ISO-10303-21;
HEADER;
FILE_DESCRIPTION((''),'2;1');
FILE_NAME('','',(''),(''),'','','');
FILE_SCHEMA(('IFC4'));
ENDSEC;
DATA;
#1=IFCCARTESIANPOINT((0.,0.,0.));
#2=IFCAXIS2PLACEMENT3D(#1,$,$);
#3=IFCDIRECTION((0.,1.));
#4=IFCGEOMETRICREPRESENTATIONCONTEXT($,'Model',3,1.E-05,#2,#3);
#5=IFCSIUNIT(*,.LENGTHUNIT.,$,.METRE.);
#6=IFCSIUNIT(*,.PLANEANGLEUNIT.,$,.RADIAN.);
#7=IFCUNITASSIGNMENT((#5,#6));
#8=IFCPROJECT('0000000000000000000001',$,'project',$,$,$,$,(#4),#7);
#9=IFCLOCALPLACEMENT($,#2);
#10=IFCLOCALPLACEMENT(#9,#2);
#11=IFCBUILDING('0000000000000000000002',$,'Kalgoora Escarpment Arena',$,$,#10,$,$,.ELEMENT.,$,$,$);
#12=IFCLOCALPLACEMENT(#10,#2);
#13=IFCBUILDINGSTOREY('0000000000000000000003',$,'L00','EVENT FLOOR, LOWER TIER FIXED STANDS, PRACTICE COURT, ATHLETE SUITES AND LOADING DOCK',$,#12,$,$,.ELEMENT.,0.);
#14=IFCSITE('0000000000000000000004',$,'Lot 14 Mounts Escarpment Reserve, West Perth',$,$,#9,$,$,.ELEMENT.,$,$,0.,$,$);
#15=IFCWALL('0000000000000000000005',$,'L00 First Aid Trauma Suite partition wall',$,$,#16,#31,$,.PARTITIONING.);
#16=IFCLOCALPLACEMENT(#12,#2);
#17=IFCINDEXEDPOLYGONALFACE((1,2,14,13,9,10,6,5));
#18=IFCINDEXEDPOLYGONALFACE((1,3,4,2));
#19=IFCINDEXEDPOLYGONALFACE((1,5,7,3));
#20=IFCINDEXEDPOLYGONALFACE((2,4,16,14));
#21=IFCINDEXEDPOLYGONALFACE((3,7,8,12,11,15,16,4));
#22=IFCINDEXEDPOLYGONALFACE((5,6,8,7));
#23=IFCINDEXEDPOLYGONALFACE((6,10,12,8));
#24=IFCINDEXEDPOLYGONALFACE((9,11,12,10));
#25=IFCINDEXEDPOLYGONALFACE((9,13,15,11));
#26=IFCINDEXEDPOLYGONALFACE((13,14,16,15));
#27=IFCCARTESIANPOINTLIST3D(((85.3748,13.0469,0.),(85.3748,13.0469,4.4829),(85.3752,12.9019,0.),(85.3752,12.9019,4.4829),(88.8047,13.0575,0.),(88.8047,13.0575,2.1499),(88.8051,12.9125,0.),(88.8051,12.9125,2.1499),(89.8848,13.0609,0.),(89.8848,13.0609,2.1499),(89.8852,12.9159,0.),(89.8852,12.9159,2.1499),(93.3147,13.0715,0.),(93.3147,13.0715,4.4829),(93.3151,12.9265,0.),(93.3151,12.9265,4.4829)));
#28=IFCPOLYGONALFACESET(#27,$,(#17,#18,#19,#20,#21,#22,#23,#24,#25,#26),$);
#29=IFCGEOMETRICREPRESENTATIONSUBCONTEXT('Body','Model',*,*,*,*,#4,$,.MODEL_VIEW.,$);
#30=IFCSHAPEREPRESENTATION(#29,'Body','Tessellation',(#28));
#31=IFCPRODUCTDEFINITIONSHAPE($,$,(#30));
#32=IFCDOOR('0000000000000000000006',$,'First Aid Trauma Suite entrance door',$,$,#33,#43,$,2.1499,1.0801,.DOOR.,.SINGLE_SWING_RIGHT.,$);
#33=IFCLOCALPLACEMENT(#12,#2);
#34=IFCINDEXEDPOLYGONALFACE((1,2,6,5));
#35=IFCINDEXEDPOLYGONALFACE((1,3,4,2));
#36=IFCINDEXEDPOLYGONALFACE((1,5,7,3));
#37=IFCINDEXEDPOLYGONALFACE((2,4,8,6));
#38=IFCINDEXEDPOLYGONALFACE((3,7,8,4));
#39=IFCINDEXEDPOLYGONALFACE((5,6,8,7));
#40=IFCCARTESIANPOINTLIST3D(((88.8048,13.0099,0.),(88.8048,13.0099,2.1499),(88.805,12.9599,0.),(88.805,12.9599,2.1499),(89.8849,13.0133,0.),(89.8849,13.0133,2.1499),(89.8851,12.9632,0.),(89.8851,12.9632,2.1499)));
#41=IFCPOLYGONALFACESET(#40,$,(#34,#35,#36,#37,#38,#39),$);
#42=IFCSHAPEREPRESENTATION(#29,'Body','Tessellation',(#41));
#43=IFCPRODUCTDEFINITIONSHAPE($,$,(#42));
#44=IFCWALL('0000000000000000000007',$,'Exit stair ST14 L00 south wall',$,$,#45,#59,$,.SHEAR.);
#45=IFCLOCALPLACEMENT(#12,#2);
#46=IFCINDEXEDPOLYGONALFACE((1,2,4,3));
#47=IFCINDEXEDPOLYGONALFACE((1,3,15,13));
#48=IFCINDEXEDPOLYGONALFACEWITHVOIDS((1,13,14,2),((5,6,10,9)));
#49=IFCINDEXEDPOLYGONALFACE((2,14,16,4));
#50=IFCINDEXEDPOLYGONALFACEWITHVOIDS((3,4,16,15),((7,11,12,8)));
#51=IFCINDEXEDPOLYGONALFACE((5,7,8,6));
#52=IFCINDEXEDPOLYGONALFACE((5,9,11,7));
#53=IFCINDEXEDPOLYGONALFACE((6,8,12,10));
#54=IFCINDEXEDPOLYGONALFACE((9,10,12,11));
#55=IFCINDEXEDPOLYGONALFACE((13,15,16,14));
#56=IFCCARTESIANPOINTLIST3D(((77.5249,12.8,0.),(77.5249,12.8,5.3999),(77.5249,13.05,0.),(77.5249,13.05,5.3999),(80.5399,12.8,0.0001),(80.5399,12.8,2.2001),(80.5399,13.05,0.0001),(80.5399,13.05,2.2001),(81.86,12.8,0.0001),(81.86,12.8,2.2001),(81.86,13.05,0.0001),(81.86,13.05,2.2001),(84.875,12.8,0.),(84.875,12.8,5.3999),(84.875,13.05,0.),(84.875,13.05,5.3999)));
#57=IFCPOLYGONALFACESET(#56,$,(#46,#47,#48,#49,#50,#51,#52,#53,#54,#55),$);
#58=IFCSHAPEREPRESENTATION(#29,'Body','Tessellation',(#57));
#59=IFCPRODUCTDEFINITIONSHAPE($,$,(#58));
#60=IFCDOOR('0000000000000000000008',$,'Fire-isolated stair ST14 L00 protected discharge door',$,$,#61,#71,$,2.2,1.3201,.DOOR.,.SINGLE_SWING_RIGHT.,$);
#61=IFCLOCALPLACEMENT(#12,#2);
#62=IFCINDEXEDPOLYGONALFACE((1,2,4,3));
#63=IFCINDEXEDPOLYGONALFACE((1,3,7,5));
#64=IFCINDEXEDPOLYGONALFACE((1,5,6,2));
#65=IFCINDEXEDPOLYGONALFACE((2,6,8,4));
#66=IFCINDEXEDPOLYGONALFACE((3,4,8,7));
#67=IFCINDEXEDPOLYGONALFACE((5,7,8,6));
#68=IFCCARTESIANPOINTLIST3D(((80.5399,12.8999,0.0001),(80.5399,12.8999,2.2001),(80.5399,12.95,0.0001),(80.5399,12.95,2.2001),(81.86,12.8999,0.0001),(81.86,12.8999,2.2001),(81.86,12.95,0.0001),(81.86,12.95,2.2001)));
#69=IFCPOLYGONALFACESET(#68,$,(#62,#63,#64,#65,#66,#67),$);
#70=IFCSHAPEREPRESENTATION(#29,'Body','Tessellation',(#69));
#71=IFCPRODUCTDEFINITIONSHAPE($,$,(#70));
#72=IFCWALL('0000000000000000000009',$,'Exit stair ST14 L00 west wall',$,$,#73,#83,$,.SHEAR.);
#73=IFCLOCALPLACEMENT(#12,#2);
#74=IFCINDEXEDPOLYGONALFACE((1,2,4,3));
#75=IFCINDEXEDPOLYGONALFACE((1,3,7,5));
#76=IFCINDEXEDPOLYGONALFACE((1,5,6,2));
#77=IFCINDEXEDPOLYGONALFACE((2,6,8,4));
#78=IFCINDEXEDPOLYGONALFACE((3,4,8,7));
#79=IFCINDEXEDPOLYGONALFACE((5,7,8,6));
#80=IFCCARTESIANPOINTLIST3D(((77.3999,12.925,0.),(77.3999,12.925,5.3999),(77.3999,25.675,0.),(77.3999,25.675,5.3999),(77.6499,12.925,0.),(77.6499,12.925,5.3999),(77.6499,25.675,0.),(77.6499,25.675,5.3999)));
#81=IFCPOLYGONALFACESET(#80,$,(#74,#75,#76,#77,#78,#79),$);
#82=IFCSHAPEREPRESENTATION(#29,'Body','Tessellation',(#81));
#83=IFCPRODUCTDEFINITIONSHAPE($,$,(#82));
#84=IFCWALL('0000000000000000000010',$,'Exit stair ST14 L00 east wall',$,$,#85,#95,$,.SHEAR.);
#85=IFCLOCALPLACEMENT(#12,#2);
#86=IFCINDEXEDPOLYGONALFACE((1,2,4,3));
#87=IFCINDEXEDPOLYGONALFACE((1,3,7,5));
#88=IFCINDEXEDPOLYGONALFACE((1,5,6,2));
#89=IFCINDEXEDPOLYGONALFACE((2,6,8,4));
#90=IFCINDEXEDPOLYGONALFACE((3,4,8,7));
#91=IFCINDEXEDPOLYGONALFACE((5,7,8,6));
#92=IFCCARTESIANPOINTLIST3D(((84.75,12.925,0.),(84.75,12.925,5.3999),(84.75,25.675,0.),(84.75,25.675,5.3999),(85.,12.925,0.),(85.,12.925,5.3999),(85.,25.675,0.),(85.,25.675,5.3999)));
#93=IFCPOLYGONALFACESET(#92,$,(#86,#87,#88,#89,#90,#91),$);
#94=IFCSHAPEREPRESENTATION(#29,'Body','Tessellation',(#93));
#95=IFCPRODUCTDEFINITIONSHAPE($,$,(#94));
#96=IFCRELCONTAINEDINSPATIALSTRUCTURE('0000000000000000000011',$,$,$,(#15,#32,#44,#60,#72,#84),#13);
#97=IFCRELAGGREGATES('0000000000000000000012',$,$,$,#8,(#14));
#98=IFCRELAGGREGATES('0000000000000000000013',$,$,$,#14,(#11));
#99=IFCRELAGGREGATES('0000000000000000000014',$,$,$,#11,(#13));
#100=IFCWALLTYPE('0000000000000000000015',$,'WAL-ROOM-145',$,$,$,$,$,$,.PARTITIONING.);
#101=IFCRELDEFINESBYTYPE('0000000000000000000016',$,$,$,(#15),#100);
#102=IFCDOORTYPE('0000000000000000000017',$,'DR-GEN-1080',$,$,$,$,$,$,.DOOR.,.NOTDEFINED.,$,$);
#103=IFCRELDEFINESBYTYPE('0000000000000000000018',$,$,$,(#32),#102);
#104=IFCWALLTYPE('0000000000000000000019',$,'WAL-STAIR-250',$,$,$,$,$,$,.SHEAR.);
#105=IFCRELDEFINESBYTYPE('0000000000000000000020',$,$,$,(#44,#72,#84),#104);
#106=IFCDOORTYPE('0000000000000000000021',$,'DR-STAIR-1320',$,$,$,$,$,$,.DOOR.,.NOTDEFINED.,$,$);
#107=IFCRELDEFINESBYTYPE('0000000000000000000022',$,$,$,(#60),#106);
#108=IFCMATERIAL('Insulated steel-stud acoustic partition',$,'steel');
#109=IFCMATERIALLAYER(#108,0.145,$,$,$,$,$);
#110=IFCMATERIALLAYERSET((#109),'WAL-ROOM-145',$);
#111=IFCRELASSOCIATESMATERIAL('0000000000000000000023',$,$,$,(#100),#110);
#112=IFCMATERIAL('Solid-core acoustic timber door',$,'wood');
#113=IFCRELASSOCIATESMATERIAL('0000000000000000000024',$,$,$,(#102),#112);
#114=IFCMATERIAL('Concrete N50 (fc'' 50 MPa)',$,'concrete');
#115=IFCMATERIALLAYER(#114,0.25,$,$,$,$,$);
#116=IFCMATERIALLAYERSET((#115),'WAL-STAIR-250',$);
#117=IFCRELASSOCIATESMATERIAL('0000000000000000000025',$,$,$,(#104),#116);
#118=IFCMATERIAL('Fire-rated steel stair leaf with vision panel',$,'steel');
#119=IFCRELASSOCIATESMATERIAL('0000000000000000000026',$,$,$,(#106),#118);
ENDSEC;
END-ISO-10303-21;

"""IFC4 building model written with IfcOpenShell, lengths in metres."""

from ifc_helpers import new_model, si_unit, direction, frame, frame_2d, origin, place, context, subcontext, project, spatial, rectangle, extrude, material, layer, layer_set, type_object, element, fill, save


model = new_model("IFC4")

# Units and contexts
model_context = context("Model", 3, precision=1e-05, world=origin(), true_north=direction((0.0, 1.0)))
body_context = subcontext(model_context, "Body", "Model", "MODEL_VIEW")
ifc_project = project(units=[si_unit("LENGTHUNIT", "METRE"), si_unit("PLANEANGLEUNIT", "RADIAN")], contexts=[model_context])

# Site, building, storey
site_placement = place(None, origin())
site = spatial("IfcSite", under=ifc_project, at=site_placement, Name="Lot 14 Mounts Escarpment Reserve, West Perth", CompositionType="ELEMENT", RefElevation=0.0)
building_placement = place(site_placement, origin())
building = spatial("IfcBuilding", under=site, at=building_placement, Name="Kalgoora Escarpment Arena", CompositionType="ELEMENT")
storey_placement = place(building_placement, origin())
storey = spatial("IfcBuildingStorey", under=building, at=storey_placement, Name="L00", Description="EVENT FLOOR, LOWER TIER FIXED STANDS, PRACTICE COURT, ATHLETE SUITES AND LOADING DOCK", CompositionType="ELEMENT", Elevation=0.0)

# Shared definitions
ifc_material_1 = material(Name="Insulated steel-stud acoustic partition", Category="steel")
ifc_layer_1 = layer(ifc_material_1, 0.145)
ifc_layer_set_1 = layer_set([ifc_layer_1], Name="WAL-ROOM-145")
wall_type_1 = type_object("IfcWallType", Name="WAL-ROOM-145", PredefinedType="PARTITIONING", material=ifc_layer_set_1)

# Walls, openings, doors
wall_1_placement = place(storey_placement, frame((85.375, 12.9744, 0.0), z_axis=(0.0, 0.0, 1.0), x_axis=(0.999995, 0.003106, 0.0)))
wall_1 = element("IfcWall", 1, at=wall_1_placement, inside=storey, type_object=wall_type_1, Name="L00 First Aid Trauma Suite partition wall", PredefinedType="PARTITIONING", context=body_context, shape_type="SweptSolid", body=[
    extrude(rectangle(XDim=7.9399, YDim=0.145, at=frame_2d((3.97, 0.0))), origin(), (0.0, 0.0, 1.0), 4.4829),
])
opening_1_placement = place(wall_1_placement, frame((3.4299, 0.0, 0.0)))
opening_1 = element("IfcOpeningElement", 2, at=opening_1_placement, cuts=wall_1, PredefinedType="OPENING", context=body_context, shape_type="SweptSolid", body=[
    extrude(rectangle(XDim=1.0801, YDim=2.1499, at=frame_2d((0.54, 1.075))), frame((0.0, 0.0825, 0.0), z_axis=(0.0, -1.0, 0.0), x_axis=(1.0, 0.0, 0.0)), (0.0, 0.0, 1.0), 0.165),
])
ifc_material_2 = material(Name="Solid-core acoustic timber door", Category="wood")
door_type_1 = type_object("IfcDoorType", Name="DR-GEN-1080", OperationType="NOTDEFINED", PredefinedType="DOOR", material=ifc_material_2)
door_1_placement = place(opening_1_placement, origin())
door_1 = element("IfcDoor", 3, at=door_1_placement, inside=storey, type_object=door_type_1, Name="First Aid Trauma Suite entrance door", OperationType="SINGLE_SWING_RIGHT", OverallHeight=2.1499, OverallWidth=1.0801, PredefinedType="DOOR", context=body_context, shape_type="SweptSolid", body=[
    extrude(rectangle(XDim=1.0801, YDim=2.1499, at=frame_2d((0.54, 1.075))), frame((0.0, 0.0249, 0.0), z_axis=(0.0, -1.0, 0.0), x_axis=(1.0, 0.0, 0.0)), (0.0, 0.0, 1.0), 0.05),
])
fill(opening_1, door_1)
ifc_material_3 = material(Name="Concrete N50 (fc' 50 MPa)", Category="concrete")
ifc_layer_2 = layer(ifc_material_3, 0.25)
ifc_layer_set_2 = layer_set([ifc_layer_2], Name="WAL-STAIR-250")
wall_type_2 = type_object("IfcWallType", Name="WAL-STAIR-250", PredefinedType="SHEAR", material=ifc_layer_set_2)
wall_2_placement = place(storey_placement, frame((77.5249, 12.925, 0.0), z_axis=(0.0, 0.0, 1.0), x_axis=(1.0, 0.0, 0.0)))
wall_2 = element("IfcWall", 4, at=wall_2_placement, inside=storey, type_object=wall_type_2, Name="Exit stair ST14 L00 south wall", PredefinedType="SHEAR", context=body_context, shape_type="SweptSolid", body=[
    extrude(rectangle(XDim=7.3501, YDim=0.25, at=frame_2d((3.675, 0.0))), origin(), (0.0, 0.0, 1.0), 5.3999),
])
opening_2_placement = place(wall_2_placement, frame((3.0149, 0.0, 0.0)))
opening_2 = element("IfcOpeningElement", 5, at=opening_2_placement, cuts=wall_2, PredefinedType="OPENING", context=body_context, shape_type="SweptSolid", body=[
    extrude(rectangle(XDim=1.3201, YDim=2.2, at=frame_2d((0.6602, 1.1001))), frame((0.0, 0.135, 0.0), z_axis=(0.0, -1.0, 0.0), x_axis=(1.0, 0.0, 0.0)), (0.0, 0.0, 1.0), 0.27),
])
ifc_material_4 = material(Name="Fire-rated steel stair leaf with vision panel", Category="steel")
door_type_2 = type_object("IfcDoorType", Name="DR-STAIR-1320", OperationType="NOTDEFINED", PredefinedType="DOOR", material=ifc_material_4)
door_2_placement = place(opening_2_placement, origin())
door_2 = element("IfcDoor", 6, at=door_2_placement, inside=storey, type_object=door_type_2, Name="Fire-isolated stair ST14 L00 protected discharge door", OperationType="SINGLE_SWING_RIGHT", OverallHeight=2.2, OverallWidth=1.3201, PredefinedType="DOOR", context=body_context, shape_type="SweptSolid", body=[
    extrude(rectangle(XDim=1.3201, YDim=2.2, at=frame_2d((0.6602, 1.1001))), frame((0.0, 0.0249, 0.0), z_axis=(0.0, -1.0, 0.0), x_axis=(1.0, 0.0, 0.0)), (0.0, 0.0, 1.0), 0.05),
])
fill(opening_2, door_2)

# Walls
for number, where, z_axis, x_axis, name in (
    (7, (77.5249, 12.925, 0.0), (0.0, 0.0, 1.0), (0.0, 1.0, 0.0), "Exit stair ST14 L00 west wall"),
    (8, (84.875, 12.925, 0.0), (0.0, 0.0, 1.0), (0.0, 1.0, 0.0), "Exit stair ST14 L00 east wall"),
):
    element("IfcWall", number, at=place(storey_placement, frame(where, z_axis=z_axis, x_axis=x_axis)), inside=storey, type_object=wall_type_2, Name=name, PredefinedType="SHEAR", context=body_context, shape_type="SweptSolid", body=[
        extrude(rectangle(XDim=12.75, YDim=0.25, at=frame_2d((6.375, 0.0))), origin(), (0.0, 0.0, 1.0), 5.3999),
    ])

save(model, "model.ifc")
